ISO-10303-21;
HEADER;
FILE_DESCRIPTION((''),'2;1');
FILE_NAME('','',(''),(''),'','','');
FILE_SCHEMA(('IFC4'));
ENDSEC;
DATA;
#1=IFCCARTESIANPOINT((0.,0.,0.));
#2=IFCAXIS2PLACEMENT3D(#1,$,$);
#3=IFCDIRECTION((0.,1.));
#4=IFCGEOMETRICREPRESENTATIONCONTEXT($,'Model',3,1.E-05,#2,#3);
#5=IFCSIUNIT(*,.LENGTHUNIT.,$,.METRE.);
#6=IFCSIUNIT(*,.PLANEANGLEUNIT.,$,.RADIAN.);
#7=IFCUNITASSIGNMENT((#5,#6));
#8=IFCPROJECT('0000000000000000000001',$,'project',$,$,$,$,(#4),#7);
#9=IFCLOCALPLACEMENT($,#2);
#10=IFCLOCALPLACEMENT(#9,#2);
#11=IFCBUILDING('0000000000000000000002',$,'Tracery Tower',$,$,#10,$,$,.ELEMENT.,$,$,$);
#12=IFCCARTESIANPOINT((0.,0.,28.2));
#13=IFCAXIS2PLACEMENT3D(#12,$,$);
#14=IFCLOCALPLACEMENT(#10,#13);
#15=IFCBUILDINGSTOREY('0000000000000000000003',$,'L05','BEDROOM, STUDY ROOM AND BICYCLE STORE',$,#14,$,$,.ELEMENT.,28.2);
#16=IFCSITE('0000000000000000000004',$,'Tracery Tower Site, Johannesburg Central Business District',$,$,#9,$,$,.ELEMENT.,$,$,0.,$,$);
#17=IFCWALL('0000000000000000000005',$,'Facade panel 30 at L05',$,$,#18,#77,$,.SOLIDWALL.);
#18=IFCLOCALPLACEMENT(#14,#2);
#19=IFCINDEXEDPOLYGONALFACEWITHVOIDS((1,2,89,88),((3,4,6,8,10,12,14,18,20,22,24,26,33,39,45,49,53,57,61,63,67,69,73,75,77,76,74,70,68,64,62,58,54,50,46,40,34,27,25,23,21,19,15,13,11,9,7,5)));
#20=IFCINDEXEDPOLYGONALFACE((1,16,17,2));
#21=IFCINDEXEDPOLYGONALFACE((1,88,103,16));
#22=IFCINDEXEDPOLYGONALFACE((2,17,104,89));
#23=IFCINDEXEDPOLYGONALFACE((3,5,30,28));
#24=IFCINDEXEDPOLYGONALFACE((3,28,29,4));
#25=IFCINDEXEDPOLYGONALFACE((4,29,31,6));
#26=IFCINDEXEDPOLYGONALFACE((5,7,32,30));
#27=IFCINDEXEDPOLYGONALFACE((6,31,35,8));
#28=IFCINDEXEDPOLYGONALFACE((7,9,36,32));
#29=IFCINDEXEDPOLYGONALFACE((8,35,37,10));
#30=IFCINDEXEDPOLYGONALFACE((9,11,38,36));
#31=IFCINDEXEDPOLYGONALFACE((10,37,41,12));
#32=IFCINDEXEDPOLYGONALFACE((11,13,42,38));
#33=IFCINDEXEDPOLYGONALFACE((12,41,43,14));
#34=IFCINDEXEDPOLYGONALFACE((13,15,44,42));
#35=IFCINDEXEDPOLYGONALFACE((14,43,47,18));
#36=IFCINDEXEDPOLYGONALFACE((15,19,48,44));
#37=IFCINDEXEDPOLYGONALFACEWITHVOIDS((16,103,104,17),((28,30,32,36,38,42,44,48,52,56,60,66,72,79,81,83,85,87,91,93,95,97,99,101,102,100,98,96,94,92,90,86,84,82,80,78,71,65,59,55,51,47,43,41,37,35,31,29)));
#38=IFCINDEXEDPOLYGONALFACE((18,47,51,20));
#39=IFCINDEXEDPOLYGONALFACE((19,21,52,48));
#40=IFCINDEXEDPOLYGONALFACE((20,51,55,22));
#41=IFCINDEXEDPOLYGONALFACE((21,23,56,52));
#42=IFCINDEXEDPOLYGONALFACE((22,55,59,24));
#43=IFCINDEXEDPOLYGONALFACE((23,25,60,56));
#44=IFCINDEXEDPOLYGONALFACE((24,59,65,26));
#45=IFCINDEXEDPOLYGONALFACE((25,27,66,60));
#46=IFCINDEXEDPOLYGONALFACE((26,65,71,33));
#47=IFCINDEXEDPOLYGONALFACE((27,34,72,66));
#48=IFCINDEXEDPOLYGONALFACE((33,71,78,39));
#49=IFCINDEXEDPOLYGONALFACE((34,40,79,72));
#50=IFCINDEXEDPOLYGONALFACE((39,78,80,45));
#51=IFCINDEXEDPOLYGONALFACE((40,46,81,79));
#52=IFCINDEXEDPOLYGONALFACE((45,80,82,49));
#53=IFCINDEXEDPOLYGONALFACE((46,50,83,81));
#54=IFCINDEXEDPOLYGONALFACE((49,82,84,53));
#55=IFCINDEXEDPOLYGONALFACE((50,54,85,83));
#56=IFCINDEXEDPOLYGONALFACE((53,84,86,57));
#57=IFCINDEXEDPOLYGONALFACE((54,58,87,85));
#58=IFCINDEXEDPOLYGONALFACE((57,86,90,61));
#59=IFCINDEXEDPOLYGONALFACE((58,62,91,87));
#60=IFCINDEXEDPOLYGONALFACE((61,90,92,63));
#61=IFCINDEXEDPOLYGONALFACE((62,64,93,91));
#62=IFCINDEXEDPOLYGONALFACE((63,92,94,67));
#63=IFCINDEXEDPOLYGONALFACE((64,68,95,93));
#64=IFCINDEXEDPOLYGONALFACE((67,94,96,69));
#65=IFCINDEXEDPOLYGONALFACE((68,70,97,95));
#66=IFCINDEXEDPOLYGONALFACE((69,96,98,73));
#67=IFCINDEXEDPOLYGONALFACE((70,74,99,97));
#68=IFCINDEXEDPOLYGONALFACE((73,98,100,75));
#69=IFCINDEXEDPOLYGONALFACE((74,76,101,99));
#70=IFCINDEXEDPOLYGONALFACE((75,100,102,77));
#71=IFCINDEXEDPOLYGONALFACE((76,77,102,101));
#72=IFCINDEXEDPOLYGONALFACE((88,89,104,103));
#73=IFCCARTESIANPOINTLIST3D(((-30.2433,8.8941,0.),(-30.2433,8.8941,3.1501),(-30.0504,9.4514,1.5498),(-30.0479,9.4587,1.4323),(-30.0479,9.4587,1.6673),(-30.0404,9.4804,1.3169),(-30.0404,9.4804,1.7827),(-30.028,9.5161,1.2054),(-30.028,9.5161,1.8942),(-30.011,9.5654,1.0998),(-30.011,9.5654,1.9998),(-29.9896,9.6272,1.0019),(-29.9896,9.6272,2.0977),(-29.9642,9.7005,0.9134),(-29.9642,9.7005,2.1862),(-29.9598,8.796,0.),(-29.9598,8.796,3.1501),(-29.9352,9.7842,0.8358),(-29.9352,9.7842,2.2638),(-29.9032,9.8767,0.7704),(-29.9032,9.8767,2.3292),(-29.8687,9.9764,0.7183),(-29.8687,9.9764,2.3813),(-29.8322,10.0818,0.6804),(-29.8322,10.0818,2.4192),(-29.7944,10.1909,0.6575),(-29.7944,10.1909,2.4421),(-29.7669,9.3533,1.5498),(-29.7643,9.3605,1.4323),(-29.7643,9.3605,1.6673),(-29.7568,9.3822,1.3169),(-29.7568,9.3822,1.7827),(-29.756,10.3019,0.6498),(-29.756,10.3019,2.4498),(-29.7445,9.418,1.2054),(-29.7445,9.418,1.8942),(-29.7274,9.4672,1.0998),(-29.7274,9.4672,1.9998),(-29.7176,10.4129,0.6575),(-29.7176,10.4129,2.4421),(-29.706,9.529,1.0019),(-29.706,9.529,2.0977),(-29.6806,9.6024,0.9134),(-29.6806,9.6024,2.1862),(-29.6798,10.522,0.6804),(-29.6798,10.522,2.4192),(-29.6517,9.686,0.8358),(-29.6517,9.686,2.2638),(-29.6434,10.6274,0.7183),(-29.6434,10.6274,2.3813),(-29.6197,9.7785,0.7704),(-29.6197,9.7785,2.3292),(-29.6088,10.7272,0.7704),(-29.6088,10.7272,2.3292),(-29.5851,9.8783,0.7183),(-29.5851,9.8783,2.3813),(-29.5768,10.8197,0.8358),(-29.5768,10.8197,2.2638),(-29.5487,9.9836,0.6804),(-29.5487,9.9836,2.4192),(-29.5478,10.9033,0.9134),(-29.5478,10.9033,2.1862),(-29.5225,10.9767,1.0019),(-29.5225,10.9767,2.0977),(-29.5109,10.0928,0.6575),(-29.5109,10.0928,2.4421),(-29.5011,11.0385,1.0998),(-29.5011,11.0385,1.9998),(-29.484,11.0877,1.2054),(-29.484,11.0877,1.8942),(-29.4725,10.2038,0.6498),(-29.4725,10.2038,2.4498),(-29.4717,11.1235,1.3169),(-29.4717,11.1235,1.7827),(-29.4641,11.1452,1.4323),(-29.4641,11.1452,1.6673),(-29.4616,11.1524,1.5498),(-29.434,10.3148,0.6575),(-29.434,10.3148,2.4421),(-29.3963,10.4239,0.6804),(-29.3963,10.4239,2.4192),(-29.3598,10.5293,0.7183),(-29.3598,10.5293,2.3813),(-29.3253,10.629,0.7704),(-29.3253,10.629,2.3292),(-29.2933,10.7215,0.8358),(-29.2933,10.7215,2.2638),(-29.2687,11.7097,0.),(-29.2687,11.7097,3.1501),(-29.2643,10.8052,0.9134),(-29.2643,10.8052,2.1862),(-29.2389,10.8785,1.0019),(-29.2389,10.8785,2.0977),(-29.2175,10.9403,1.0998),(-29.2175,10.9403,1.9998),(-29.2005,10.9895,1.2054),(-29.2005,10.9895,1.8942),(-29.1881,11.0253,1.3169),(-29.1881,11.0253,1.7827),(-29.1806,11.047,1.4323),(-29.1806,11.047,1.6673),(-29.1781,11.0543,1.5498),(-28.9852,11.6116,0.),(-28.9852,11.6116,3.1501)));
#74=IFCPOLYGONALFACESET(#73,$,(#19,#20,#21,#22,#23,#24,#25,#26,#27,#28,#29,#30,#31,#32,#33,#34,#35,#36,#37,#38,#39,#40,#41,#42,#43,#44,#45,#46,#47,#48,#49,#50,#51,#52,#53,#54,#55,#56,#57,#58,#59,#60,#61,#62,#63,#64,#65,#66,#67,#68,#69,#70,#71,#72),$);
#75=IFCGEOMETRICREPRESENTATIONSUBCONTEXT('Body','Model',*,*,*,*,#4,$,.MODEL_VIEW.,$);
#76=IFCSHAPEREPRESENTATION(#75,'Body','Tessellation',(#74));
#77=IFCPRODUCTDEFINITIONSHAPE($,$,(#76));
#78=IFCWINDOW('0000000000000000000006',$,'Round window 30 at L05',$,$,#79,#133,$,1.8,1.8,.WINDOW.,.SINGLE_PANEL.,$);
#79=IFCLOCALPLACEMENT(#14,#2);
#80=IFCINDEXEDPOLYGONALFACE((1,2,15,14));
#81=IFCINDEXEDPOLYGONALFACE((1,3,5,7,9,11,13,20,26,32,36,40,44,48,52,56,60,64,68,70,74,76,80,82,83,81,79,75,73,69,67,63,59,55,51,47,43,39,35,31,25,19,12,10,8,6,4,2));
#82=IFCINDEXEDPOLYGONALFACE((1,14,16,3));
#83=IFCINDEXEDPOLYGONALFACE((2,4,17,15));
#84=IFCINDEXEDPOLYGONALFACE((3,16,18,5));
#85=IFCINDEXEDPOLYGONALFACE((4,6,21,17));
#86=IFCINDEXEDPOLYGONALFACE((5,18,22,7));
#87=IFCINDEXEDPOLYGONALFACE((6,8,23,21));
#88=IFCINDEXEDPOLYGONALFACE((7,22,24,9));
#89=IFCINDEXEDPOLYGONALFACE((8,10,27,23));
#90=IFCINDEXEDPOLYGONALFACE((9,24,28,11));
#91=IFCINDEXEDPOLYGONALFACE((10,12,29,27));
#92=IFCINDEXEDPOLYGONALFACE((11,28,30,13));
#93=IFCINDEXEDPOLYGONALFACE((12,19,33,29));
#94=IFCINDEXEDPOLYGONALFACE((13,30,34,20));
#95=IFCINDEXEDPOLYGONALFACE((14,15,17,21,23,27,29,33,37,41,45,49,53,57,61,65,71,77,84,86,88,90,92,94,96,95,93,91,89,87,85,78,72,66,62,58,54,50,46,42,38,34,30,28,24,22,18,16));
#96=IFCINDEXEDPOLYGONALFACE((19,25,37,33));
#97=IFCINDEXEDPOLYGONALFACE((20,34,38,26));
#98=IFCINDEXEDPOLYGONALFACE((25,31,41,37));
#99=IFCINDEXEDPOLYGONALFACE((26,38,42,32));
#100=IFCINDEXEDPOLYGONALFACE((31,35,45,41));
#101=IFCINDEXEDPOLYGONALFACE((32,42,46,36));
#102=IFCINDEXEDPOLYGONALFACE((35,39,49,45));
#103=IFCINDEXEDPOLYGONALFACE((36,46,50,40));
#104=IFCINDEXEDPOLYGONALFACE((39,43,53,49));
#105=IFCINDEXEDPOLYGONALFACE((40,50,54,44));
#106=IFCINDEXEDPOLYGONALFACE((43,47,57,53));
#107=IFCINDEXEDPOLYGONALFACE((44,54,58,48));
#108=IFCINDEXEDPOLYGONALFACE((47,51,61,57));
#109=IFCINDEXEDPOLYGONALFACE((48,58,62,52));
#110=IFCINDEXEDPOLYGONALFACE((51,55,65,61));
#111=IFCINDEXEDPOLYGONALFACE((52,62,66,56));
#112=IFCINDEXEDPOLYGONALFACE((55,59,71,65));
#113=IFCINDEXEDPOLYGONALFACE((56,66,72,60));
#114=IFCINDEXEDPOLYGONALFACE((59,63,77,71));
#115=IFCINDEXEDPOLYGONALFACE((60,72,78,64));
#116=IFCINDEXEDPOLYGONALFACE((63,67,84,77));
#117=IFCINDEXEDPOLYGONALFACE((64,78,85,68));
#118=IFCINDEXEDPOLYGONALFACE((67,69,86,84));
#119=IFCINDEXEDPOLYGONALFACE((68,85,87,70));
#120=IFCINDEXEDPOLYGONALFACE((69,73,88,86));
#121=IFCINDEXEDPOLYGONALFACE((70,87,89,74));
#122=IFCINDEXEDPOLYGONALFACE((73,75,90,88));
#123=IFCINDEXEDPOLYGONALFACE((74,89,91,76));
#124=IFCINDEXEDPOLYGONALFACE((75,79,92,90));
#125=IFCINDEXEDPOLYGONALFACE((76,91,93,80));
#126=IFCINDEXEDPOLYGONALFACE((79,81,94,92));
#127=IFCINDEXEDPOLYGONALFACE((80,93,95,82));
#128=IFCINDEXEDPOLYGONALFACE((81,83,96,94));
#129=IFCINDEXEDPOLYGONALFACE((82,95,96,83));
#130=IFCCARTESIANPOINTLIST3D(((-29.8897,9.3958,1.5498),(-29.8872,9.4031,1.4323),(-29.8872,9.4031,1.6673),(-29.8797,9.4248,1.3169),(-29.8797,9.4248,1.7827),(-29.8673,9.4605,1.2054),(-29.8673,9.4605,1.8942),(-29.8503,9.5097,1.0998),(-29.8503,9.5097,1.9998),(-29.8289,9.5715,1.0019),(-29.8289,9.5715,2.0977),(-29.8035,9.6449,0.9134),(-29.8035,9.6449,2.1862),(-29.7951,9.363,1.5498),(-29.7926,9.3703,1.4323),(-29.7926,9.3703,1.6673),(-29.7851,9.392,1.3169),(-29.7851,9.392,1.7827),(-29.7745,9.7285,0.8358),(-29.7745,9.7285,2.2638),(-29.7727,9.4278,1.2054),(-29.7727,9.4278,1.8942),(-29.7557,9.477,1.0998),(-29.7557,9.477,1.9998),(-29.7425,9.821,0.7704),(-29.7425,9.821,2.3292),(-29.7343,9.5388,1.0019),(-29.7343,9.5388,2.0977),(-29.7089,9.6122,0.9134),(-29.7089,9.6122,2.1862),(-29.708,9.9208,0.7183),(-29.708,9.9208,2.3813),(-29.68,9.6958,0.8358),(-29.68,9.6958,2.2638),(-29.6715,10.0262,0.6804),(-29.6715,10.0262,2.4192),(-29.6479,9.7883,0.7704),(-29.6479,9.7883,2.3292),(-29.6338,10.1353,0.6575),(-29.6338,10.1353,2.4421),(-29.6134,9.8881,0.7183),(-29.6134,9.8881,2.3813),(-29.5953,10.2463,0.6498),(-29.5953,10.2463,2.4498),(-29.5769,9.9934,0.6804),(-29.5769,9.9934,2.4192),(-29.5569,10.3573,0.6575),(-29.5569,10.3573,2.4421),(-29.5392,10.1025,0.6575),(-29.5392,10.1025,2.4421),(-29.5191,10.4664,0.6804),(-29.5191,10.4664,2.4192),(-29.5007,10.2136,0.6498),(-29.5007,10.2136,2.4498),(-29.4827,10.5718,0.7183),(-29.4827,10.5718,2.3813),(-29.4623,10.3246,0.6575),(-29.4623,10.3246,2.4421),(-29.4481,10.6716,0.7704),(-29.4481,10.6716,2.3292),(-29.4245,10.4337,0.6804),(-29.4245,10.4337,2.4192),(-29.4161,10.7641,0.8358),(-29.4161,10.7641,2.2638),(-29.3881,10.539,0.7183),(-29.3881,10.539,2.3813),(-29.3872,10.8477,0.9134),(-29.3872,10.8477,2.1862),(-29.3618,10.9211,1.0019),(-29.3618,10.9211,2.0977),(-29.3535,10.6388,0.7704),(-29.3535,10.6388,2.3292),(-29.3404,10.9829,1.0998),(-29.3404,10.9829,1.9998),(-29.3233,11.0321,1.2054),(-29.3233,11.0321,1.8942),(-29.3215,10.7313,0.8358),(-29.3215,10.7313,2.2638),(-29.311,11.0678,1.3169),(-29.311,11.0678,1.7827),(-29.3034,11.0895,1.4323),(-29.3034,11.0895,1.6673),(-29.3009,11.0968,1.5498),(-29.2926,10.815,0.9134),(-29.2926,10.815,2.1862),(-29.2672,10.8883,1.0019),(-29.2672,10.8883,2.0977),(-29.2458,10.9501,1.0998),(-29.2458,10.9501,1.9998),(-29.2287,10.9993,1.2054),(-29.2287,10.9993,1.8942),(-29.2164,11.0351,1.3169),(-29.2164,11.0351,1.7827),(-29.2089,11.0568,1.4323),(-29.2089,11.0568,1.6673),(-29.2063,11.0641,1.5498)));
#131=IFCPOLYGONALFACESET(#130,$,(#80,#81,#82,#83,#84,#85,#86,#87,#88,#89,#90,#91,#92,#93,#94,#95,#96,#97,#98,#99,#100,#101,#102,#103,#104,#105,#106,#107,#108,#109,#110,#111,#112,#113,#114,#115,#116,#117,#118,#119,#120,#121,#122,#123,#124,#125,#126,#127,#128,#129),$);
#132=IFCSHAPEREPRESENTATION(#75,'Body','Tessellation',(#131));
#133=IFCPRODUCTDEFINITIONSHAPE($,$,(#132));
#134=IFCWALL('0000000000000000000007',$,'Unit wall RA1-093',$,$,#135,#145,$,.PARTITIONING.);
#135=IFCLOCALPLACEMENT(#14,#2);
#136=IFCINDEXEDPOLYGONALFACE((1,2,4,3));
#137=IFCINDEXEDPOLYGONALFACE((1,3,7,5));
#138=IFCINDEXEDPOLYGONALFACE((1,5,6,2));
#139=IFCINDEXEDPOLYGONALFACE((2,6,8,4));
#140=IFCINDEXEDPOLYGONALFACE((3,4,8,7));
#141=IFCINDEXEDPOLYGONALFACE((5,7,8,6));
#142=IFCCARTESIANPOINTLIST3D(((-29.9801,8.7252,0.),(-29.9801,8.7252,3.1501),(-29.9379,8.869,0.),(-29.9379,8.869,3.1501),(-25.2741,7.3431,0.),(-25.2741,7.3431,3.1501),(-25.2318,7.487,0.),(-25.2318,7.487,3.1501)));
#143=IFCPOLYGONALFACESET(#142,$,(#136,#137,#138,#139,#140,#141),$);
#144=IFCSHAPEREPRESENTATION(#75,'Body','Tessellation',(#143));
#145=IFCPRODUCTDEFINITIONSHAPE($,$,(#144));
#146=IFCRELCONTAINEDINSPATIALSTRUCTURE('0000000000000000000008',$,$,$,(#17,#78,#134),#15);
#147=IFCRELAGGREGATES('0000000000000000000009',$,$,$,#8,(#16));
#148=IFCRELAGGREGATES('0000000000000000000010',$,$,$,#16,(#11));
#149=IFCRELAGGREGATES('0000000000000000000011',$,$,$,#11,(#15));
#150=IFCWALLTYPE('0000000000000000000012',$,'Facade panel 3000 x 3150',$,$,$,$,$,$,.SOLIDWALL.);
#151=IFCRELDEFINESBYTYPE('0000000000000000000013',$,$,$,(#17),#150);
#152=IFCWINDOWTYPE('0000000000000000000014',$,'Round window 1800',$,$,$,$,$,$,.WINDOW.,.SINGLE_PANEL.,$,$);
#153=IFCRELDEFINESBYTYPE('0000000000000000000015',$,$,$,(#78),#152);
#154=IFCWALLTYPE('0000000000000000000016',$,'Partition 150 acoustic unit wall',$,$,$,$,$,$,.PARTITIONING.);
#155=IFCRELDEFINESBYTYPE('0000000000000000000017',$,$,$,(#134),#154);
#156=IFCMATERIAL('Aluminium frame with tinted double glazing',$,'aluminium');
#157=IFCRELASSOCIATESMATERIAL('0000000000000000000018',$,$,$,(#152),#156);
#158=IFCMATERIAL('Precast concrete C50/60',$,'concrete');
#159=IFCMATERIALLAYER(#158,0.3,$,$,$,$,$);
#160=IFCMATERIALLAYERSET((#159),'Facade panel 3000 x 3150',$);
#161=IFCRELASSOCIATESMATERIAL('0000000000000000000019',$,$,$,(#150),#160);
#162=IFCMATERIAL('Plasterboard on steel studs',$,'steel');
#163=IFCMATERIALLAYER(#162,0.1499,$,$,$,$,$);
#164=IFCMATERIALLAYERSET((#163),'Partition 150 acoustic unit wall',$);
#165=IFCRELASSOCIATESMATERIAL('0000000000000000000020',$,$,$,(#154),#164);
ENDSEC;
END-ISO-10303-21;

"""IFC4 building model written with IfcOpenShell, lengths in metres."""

from ifc_helpers import new_model, si_unit, direction, frame, frame_2d, origin, origin_2d, place, context, subcontext, project, spatial, rectangle, circle, extrude, material, layer, layer_set, type_object, element, fill, save


model = new_model("IFC4")

# Units and contexts
model_context = context("Model", 3, precision=1e-05, world=origin(), true_north=direction((0.0, 1.0)))
body_context = subcontext(model_context, "Body", "Model", "MODEL_VIEW")
ifc_project = project(units=[si_unit("LENGTHUNIT", "METRE"), si_unit("PLANEANGLEUNIT", "RADIAN")], contexts=[model_context])

# Site, building, storey
site_placement = place(None, origin())
site = spatial("IfcSite", under=ifc_project, at=site_placement, Name="Tracery Tower Site, Johannesburg Central Business District", CompositionType="ELEMENT", RefElevation=0.0)
building_placement = place(site_placement, origin())
building = spatial("IfcBuilding", under=site, at=building_placement, Name="Tracery Tower", CompositionType="ELEMENT")
storey_placement = place(building_placement, frame((0.0, 0.0, 28.2)))
storey = spatial("IfcBuildingStorey", under=building, at=storey_placement, Name="L05", Description="BEDROOM, STUDY ROOM AND BICYCLE STORE", CompositionType="ELEMENT", Elevation=28.2)

# Wall, opening, window
ifc_material_1 = material(Name="Aluminium frame with tinted double glazing", Category="aluminium")
window_type = type_object("IfcWindowType", Name="Round window 1800", PartitioningType="SINGLE_PANEL", PredefinedType="WINDOW", material=ifc_material_1)
ifc_material_2 = material(Name="Precast concrete C50/60", Category="concrete")
ifc_layer_1 = layer(ifc_material_2, 0.3)
ifc_layer_set_1 = layer_set([ifc_layer_1], Name="Facade panel 3000 x 3150")
wall_type_1 = type_object("IfcWallType", Name="Facade panel 3000 x 3150", PredefinedType="SOLIDWALL", material=ifc_layer_set_1)
wall_1_placement = place(storey_placement, frame((-29.127, 11.6606, 0.0), z_axis=(0.0, 0.0, 1.0), x_axis=(-0.327096, -0.944991, 0.0)))
wall_1 = element("IfcWall", 1, at=wall_1_placement, inside=storey, type_object=wall_type_1, Name="Facade panel 30 at L05", PredefinedType="SOLIDWALL", context=body_context, shape_type="SweptSolid", body=[
    extrude(rectangle(XDim=2.9795, YDim=0.3, at=frame_2d((1.4897, 0.0))), origin(), (0.0, 0.0, 1.0), 3.1501),
])
opening_1_placement = place(wall_1_placement, frame((1.4897, 0.0, 1.5498)))
opening_1 = element("IfcOpeningElement", 2, at=opening_1_placement, cuts=wall_1, PredefinedType="OPENING", context=body_context, shape_type="SweptSolid", body=[
    extrude(circle(Radius=0.9, at=origin_2d()), frame((0.0, 0.1599, 0.0), z_axis=(0.0, -1.0, 0.0), x_axis=(1.0, 0.0, 0.0)), (0.0, 0.0, 1.0), 0.3201),
])
window_1_placement = place(opening_1_placement, origin())
window_1 = element("IfcWindow", 3, at=window_1_placement, inside=storey, type_object=window_type, Name="Round window 30 at L05", OverallHeight=1.8, OverallWidth=1.8, PartitioningType="SINGLE_PANEL", PredefinedType="WINDOW", context=body_context, shape_type="SweptSolid", body=[
    extrude(circle(Radius=0.9, at=origin_2d()), frame((0.0, 0.1201, 0.0), z_axis=(0.0, -1.0, 0.0), x_axis=(1.0, 0.0, 0.0)), (0.0, 0.0, 1.0), 0.1001),
])
fill(opening_1, window_1)

# Wall
ifc_material_3 = material(Name="Plasterboard on steel studs", Category="steel")
ifc_layer_2 = layer(ifc_material_3, 0.1499)
ifc_layer_set_2 = layer_set([ifc_layer_2], Name="Partition 150 acoustic unit wall")
wall_type_2 = type_object("IfcWallType", Name="Partition 150 acoustic unit wall", PredefinedType="PARTITIONING", material=ifc_layer_set_2)
wall_2_placement = place(storey_placement, frame((-29.959, 8.7971, 0.0), z_axis=(0.0, 0.0, 1.0), x_axis=(0.959479, -0.281781, 0.0)))
element("IfcWall", 4, at=wall_2_placement, inside=storey, type_object=wall_type_2, Name="Unit wall RA1-093", PredefinedType="PARTITIONING", context=body_context, shape_type="SweptSolid", body=[
    extrude(rectangle(XDim=4.9048, YDim=0.1499, at=frame_2d((2.4524, 0.0))), origin(), (0.0, 0.0, 1.0), 3.1501),
])

save(model, "model.ifc")
